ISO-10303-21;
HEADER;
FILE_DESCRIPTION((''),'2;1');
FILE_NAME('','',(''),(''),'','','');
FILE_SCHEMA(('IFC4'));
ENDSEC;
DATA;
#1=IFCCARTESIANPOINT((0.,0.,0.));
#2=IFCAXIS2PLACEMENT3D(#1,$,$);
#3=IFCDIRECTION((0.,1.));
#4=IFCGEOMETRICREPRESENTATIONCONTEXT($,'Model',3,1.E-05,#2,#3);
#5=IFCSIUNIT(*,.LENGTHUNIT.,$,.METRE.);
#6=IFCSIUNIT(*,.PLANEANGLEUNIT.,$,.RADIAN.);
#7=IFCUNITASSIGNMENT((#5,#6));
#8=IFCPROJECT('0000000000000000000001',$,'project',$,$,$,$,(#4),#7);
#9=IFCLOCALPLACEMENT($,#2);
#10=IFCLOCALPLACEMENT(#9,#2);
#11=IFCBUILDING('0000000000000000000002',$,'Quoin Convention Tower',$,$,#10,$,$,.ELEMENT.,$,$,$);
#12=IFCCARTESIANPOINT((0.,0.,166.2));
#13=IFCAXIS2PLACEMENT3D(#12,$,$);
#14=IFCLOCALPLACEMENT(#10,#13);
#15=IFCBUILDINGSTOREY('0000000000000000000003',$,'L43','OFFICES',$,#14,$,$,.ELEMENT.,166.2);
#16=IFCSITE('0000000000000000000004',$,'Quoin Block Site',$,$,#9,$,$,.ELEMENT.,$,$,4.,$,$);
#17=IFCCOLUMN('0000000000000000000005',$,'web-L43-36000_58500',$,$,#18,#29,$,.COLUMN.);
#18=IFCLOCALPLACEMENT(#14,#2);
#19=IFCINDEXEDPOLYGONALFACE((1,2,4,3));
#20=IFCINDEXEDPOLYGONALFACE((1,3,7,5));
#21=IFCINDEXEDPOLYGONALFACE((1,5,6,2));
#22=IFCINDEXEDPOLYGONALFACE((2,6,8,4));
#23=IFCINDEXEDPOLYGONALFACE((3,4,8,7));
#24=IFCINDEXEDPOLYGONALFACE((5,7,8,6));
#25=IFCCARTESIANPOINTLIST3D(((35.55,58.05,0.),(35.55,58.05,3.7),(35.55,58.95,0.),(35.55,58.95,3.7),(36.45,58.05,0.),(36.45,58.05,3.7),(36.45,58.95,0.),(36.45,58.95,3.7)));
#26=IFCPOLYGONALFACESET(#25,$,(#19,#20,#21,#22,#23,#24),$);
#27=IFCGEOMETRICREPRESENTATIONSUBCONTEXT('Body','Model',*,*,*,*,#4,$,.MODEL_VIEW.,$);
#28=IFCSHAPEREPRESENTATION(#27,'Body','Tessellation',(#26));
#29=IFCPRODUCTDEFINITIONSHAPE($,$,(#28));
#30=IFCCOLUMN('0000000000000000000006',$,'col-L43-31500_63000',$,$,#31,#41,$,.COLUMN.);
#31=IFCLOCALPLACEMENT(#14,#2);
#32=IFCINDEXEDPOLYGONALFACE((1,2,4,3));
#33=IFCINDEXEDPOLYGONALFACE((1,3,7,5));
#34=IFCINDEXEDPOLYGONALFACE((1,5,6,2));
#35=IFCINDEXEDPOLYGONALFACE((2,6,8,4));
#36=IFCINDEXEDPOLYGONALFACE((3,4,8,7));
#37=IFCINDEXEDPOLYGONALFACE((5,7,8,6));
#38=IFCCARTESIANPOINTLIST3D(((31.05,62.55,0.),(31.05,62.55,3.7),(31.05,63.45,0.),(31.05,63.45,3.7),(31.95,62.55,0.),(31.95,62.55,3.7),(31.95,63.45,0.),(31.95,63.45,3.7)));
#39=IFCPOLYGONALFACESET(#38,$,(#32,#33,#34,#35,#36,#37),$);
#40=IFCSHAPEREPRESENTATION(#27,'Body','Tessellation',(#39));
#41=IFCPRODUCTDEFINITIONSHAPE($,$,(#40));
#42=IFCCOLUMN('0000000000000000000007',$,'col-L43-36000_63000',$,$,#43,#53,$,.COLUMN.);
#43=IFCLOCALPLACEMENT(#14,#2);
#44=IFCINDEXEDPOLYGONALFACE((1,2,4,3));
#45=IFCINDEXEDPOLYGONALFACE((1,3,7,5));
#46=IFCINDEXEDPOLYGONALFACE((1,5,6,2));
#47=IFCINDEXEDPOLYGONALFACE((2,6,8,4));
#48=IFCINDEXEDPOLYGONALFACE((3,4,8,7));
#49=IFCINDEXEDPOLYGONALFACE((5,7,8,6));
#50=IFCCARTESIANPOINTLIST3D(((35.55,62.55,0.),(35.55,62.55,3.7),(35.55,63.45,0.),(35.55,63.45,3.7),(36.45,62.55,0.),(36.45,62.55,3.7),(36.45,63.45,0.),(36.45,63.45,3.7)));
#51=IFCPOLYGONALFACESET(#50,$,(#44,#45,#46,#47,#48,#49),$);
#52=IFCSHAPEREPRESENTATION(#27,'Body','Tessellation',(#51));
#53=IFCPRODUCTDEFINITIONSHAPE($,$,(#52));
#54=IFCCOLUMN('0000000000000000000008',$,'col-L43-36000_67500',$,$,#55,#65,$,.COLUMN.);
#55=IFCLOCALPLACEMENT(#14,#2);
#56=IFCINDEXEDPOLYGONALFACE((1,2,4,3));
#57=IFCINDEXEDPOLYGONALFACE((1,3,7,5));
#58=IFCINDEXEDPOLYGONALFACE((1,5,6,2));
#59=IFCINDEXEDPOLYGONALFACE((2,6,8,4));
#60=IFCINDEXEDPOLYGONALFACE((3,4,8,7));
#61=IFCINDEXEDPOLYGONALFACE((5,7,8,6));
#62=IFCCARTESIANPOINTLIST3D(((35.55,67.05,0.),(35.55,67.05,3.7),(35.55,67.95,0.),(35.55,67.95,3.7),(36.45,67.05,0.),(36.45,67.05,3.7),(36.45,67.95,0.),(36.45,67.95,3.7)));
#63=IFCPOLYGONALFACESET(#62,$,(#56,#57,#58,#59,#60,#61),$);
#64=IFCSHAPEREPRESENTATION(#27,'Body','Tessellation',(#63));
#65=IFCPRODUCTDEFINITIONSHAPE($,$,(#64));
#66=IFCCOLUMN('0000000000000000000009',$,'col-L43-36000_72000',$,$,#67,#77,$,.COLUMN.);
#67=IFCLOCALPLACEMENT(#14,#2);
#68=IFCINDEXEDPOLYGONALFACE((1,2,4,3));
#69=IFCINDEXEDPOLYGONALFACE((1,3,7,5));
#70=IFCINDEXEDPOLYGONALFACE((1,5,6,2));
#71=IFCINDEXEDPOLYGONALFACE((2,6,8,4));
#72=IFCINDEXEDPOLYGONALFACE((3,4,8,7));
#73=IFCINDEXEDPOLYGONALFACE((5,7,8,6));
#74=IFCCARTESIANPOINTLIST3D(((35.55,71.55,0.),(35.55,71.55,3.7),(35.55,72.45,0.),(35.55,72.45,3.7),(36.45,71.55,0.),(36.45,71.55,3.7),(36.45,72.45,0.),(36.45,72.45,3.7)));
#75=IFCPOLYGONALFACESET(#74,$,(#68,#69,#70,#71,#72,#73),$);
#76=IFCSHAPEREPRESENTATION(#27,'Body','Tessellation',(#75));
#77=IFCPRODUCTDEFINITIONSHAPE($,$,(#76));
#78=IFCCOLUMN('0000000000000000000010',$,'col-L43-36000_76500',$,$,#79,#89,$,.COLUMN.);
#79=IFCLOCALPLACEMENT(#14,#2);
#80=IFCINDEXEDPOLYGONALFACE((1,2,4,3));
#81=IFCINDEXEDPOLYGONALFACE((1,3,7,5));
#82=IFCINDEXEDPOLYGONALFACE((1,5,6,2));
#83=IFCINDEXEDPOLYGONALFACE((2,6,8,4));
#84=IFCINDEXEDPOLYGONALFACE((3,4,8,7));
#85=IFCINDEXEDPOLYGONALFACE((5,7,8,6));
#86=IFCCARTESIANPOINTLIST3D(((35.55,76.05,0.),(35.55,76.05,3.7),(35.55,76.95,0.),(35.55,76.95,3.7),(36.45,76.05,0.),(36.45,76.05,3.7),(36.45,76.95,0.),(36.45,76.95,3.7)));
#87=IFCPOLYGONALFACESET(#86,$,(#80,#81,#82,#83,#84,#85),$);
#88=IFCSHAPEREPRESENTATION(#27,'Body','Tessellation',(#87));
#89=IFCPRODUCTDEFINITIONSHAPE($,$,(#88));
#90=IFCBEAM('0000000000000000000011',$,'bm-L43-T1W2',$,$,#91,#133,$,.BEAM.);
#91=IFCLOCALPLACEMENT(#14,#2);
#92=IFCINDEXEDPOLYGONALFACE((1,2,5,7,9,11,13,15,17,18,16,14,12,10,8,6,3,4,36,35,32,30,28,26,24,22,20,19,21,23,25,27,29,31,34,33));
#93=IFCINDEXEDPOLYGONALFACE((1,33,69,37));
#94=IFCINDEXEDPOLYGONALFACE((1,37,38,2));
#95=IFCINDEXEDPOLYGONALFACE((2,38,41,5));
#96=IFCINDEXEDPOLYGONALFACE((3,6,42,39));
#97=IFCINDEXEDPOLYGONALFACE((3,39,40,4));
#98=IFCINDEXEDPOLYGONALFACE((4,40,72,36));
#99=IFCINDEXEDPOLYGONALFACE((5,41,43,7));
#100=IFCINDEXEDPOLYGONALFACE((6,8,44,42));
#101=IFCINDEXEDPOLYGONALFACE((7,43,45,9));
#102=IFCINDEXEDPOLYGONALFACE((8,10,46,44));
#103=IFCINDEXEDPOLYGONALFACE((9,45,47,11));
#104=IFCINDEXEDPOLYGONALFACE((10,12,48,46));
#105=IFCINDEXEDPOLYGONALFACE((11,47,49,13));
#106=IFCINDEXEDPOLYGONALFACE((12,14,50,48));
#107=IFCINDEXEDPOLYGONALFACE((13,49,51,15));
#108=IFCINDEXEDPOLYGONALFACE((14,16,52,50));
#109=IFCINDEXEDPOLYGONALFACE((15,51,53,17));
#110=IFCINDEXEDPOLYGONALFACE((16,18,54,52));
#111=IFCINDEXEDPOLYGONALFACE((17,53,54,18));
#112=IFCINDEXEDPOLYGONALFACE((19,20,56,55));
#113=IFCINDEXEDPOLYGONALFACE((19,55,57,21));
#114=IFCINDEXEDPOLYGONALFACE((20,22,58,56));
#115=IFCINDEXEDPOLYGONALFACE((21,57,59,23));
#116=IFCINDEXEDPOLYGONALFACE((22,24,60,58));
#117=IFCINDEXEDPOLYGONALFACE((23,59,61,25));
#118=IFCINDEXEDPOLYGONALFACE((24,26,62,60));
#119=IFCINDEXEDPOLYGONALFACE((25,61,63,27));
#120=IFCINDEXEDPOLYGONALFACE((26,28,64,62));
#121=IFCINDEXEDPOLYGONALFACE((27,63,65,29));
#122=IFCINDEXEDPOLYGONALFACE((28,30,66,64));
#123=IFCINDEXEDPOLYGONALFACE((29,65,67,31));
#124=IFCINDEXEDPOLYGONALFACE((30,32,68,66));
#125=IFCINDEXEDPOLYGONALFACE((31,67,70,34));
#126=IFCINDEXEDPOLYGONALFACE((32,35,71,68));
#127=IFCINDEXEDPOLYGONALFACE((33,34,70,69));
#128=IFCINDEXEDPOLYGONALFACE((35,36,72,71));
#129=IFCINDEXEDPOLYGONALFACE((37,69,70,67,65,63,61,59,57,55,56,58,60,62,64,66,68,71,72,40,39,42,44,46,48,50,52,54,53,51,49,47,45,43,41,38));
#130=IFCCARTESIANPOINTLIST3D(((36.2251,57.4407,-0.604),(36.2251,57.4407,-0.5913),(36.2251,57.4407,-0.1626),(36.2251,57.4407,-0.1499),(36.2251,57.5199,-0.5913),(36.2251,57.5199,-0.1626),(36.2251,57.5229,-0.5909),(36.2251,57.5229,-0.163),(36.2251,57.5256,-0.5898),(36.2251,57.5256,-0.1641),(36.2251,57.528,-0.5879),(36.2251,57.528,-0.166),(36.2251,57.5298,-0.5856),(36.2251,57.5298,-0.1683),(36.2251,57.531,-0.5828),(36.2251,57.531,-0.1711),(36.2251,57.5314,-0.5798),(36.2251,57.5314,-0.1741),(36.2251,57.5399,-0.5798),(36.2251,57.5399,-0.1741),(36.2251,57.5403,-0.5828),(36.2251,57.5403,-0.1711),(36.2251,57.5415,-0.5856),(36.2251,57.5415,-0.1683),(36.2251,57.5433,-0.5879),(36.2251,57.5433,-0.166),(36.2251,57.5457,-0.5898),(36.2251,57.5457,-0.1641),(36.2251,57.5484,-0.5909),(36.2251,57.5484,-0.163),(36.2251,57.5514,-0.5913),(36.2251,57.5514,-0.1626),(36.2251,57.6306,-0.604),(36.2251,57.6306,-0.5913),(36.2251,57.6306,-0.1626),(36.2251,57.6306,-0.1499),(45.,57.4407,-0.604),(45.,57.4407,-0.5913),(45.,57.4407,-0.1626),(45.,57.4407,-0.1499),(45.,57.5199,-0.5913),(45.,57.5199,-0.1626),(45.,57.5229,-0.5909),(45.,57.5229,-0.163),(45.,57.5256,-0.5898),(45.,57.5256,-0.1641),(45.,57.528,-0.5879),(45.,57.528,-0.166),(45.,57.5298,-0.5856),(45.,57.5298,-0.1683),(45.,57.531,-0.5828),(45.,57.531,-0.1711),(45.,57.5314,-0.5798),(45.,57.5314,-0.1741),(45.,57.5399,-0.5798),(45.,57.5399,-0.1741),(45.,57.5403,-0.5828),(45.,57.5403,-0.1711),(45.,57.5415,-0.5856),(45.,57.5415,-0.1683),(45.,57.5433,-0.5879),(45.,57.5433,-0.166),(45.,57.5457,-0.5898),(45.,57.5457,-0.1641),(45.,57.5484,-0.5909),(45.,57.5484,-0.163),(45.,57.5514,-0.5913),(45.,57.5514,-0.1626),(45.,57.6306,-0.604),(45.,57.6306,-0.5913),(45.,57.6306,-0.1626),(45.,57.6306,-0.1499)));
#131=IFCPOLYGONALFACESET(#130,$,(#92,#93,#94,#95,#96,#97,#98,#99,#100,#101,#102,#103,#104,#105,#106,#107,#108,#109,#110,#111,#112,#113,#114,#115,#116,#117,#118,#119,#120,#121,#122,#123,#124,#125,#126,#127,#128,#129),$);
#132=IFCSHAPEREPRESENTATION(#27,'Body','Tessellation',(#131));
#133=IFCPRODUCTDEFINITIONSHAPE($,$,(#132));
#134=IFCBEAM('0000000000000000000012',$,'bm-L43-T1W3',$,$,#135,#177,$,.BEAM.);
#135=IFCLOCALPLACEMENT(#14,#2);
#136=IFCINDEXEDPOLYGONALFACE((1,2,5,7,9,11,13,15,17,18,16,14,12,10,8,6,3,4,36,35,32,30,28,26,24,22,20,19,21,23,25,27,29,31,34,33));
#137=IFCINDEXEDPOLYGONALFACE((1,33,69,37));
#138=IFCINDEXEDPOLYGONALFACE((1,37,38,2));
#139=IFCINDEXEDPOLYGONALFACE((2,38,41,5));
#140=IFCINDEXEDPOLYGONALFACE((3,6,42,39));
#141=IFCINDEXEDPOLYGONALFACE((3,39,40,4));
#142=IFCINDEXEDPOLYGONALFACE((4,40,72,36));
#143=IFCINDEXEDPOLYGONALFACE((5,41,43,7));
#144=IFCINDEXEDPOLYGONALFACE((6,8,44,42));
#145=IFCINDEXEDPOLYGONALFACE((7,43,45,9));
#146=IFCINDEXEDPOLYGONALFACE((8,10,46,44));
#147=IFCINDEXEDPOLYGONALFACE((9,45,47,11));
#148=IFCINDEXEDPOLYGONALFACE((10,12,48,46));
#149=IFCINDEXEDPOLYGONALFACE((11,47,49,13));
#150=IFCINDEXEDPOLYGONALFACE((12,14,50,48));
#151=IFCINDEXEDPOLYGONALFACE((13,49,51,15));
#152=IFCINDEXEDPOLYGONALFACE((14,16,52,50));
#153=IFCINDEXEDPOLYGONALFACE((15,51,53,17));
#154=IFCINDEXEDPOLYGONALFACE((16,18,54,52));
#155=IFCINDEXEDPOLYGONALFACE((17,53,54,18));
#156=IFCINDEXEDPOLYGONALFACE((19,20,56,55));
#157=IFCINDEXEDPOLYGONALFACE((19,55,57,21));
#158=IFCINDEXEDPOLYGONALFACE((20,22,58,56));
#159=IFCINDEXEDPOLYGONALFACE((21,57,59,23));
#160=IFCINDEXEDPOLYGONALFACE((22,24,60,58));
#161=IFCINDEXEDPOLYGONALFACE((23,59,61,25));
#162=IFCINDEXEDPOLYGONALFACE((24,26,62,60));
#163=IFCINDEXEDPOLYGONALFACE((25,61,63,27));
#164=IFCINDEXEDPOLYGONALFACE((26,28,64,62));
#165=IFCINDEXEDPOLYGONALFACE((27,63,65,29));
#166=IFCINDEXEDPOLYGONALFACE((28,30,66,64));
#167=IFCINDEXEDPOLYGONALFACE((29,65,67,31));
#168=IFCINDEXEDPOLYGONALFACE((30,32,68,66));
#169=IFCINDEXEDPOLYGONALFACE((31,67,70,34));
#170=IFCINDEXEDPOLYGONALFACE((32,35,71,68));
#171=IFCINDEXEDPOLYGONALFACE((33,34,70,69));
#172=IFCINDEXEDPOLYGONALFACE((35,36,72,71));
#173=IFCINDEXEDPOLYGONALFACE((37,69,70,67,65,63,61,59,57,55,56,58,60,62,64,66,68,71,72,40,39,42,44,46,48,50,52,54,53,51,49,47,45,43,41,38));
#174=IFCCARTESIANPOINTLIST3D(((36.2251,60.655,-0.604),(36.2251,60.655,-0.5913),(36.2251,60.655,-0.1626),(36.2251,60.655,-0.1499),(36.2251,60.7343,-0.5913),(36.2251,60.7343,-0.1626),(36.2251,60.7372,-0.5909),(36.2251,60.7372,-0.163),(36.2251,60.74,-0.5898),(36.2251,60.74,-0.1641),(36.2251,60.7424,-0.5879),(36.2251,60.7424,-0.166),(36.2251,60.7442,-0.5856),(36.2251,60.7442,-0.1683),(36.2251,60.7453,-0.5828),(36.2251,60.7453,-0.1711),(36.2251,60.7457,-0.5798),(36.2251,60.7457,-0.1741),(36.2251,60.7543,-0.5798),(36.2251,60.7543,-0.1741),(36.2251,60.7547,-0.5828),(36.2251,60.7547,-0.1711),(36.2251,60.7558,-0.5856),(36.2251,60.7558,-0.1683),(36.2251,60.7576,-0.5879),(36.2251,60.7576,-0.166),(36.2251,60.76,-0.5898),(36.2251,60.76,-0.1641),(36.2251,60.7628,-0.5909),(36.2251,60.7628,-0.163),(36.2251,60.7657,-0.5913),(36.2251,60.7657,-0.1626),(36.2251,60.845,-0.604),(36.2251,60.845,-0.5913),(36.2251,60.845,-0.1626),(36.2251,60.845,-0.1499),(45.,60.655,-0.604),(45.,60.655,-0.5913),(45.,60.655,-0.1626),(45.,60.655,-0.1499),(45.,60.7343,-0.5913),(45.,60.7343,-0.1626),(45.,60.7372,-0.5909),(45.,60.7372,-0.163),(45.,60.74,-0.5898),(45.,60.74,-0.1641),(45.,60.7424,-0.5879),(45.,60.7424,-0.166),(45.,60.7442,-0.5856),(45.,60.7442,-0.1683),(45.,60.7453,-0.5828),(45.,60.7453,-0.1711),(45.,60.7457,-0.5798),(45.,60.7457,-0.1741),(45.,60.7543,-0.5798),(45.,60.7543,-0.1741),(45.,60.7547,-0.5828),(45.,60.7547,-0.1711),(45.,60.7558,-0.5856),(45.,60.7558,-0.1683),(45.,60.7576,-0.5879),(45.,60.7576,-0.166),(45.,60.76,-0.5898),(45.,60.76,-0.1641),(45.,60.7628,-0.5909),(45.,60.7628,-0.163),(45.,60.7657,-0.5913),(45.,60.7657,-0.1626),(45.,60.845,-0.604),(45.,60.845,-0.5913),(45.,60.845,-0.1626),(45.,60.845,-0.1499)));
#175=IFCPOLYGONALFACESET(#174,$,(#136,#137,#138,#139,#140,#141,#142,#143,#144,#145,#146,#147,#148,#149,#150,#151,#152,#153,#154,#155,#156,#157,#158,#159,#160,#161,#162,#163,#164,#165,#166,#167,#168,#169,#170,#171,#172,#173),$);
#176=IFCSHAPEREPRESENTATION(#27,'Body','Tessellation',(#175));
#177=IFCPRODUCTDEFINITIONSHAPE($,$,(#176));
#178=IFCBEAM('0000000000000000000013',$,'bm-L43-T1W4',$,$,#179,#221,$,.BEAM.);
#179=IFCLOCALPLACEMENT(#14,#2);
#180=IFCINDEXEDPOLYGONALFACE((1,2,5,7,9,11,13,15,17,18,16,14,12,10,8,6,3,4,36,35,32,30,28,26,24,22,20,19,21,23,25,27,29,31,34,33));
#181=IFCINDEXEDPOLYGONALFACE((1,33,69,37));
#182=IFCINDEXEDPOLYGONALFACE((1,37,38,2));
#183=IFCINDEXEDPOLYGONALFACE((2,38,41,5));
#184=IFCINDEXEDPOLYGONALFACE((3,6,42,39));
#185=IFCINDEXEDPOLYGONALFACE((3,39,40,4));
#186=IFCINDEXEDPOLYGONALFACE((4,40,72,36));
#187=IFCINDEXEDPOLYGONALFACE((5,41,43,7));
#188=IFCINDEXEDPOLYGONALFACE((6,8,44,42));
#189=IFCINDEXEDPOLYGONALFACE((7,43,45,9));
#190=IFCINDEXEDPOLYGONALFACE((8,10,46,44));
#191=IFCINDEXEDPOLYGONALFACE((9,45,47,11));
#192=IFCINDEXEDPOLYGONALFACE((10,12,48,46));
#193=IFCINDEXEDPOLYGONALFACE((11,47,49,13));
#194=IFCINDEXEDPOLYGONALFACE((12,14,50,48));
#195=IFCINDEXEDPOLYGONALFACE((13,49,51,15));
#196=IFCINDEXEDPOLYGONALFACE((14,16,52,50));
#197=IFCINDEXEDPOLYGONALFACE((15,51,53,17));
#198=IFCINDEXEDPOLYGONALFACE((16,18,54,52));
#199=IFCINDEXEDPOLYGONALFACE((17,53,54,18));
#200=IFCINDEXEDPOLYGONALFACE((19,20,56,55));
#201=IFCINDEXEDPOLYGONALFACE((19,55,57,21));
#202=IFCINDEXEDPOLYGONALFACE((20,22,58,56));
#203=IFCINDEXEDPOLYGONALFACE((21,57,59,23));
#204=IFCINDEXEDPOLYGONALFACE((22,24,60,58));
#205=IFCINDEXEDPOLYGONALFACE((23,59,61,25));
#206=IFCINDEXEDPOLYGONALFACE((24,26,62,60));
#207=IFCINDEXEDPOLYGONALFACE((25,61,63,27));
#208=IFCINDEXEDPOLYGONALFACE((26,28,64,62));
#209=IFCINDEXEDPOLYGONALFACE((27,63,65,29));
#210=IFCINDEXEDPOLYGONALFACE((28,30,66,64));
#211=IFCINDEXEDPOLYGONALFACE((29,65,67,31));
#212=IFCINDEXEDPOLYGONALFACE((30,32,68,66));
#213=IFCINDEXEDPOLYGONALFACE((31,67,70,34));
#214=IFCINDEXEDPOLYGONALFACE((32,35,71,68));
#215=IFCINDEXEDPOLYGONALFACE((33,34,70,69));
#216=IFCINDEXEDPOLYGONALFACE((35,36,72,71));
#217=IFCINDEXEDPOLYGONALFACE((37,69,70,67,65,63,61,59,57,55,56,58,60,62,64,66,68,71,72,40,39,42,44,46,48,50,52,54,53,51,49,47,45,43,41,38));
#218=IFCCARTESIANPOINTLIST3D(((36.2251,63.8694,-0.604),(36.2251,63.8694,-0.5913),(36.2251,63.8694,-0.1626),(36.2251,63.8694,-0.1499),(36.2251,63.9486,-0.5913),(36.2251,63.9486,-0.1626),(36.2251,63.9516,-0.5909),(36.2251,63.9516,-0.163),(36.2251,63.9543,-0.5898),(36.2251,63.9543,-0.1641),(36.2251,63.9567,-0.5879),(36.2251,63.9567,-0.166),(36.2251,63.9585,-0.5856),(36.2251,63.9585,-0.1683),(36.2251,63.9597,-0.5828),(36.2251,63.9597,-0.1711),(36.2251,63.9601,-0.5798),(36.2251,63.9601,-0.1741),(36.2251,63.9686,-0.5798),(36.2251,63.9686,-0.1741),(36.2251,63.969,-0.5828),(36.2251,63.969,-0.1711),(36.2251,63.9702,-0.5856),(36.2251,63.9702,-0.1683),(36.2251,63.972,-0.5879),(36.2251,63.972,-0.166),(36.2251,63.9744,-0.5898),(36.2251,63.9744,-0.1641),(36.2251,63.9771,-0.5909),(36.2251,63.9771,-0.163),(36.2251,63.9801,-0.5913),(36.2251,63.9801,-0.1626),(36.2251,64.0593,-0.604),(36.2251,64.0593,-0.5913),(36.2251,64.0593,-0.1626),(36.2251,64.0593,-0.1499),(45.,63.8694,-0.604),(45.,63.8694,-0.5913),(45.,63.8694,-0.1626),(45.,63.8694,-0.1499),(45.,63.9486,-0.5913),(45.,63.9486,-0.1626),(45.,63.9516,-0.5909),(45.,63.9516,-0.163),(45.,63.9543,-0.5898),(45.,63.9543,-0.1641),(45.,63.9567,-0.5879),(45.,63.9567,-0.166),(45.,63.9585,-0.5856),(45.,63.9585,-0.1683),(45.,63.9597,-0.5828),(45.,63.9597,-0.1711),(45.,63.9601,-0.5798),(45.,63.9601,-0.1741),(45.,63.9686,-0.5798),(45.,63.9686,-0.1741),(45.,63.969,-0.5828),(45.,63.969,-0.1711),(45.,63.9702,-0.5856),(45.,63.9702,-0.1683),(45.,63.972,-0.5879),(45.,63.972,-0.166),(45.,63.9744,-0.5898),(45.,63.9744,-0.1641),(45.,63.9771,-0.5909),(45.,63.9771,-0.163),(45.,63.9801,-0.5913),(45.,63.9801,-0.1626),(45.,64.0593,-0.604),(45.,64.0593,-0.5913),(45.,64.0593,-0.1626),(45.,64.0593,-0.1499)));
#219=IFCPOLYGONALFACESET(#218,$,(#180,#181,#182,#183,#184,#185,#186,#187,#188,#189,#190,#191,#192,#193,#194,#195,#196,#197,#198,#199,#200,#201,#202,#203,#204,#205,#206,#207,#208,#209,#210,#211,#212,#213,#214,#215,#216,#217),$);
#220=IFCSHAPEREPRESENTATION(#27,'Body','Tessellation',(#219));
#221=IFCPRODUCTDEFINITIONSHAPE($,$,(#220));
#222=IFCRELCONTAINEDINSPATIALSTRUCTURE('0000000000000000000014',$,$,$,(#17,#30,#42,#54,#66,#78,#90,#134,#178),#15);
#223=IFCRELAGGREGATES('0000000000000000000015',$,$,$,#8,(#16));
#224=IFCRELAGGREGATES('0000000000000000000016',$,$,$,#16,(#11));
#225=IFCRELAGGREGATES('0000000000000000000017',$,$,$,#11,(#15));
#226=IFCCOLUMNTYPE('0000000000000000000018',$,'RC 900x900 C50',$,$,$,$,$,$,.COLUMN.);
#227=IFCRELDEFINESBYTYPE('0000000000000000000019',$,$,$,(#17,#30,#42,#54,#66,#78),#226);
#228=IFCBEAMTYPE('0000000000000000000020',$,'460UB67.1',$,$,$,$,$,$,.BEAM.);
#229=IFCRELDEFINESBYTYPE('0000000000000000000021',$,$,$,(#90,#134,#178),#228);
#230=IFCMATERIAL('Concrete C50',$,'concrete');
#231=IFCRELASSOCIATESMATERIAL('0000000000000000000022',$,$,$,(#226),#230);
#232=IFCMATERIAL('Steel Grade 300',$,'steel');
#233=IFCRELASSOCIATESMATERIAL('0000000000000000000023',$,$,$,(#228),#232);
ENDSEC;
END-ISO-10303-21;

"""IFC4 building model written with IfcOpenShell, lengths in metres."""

from ifc_helpers import new_model, si_unit, direction, frame, origin, origin_2d, place, context, subcontext, project, spatial, rectangle, i_section, extrude, material, material_profile, profile_set, type_object, element, save


model = new_model("IFC4")

# Units and contexts
model_context = context("Model", 3, precision=1e-05, world=origin(), true_north=direction((0.0, 1.0)))
body_context = subcontext(model_context, "Body", "Model", "MODEL_VIEW")
ifc_project = project(units=[si_unit("LENGTHUNIT", "METRE"), si_unit("PLANEANGLEUNIT", "RADIAN")], contexts=[model_context])

# Site, building, storey
site_placement = place(None, origin())
site = spatial("IfcSite", under=ifc_project, at=site_placement, Name="Quoin Block Site", CompositionType="ELEMENT", RefElevation=4.0)
building_placement = place(site_placement, origin())
building = spatial("IfcBuilding", under=site, at=building_placement, Name="Quoin Convention Tower", CompositionType="ELEMENT")
storey_placement = place(building_placement, frame((0.0, 0.0, 166.2)))
storey = spatial("IfcBuildingStorey", under=building, at=storey_placement, Name="L43", Description="OFFICES", CompositionType="ELEMENT", Elevation=166.2)

# Columns
ifc_material_1 = material(Name="Concrete C50", Category="concrete")
ifc_material_profile_1 = material_profile(ifc_material_1, rectangle(XDim=0.8999, YDim=0.8999, at=origin_2d()), Name="RC 900x900")
ifc_profile_set_1 = profile_set([ifc_material_profile_1], Name="Concrete C50")
column_type = type_object("IfcColumnType", Name="RC 900x900 C50", PredefinedType="COLUMN", material=ifc_profile_set_1)
for number, where, z_axis, x_axis, name in (
    (1, (36.0, 58.5, 0.0), (0.0, 0.0, 1.0), (1.0, 0.0, 0.0), "web-L43-36000_58500"),
    (2, (31.5, 63.0, 0.0), (0.0, 0.0, 1.0), (1.0, 0.0, 0.0), "col-L43-31500_63000"),
    (3, (36.0, 63.0, 0.0), (0.0, 0.0, 1.0), (1.0, 0.0, 0.0), "col-L43-36000_63000"),
    (4, (36.0, 67.5, 0.0), (0.0, 0.0, 1.0), (1.0, 0.0, 0.0), "col-L43-36000_67500"),
    (5, (36.0, 72.0, 0.0), (0.0, 0.0, 1.0), (1.0, 0.0, 0.0), "col-L43-36000_72000"),
    (6, (36.0, 76.5, 0.0), (0.0, 0.0, 1.0), (1.0, 0.0, 0.0), "col-L43-36000_76500"),
):
    element("IfcColumn", number, at=place(storey_placement, frame(where, z_axis=z_axis, x_axis=x_axis)), inside=storey, type_object=column_type, Name=name, PredefinedType="COLUMN", context=body_context, shape_type="SweptSolid", body=[
        extrude(rectangle(XDim=0.8999, YDim=0.8999, at=origin_2d()), origin(), (0.0, 0.0, 1.0), 3.7),
    ])

# Beams
ifc_material_2 = material(Name="Steel Grade 300", Category="steel")
ifc_material_profile_2 = material_profile(ifc_material_2, i_section(OverallWidth=0.1899, OverallDepth=0.4541, WebThickness=0.0085, FlangeThickness=0.0127, FilletRadius=0.0115, at=origin_2d()), Name="460UB67.1")
ifc_profile_set_2 = profile_set([ifc_material_profile_2], Name="Steel Grade 300")
beam_type_1 = type_object("IfcBeamType", Name="460UB67.1", PredefinedType="BEAM", material=ifc_profile_set_2)
for number, where, z_axis, x_axis, name in (
    (7, (36.2251, 57.5356, -0.377), (1.0, 0.0, 0.0), (0.0, 1.0, 0.0), "bm-L43-T1W2"),
    (8, (36.2251, 60.75, -0.377), (1.0, 0.0, 0.0), (0.0, 1.0, 0.0), "bm-L43-T1W3"),
    (9, (36.2251, 63.9644, -0.377), (1.0, 0.0, 0.0), (0.0, 1.0, 0.0), "bm-L43-T1W4"),
):
    element("IfcBeam", number, at=place(storey_placement, frame(where, z_axis=z_axis, x_axis=x_axis)), inside=storey, type_object=beam_type_1, Name=name, PredefinedType="BEAM", context=body_context, shape_type="SweptSolid", body=[
        extrude(i_section(OverallWidth=0.1899, OverallDepth=0.4541, WebThickness=0.0085, FlangeThickness=0.0127, FilletRadius=0.0115, at=origin_2d()), origin(), (0.0, 0.0, 1.0), 8.7749),
    ])

save(model, "model.ifc")
